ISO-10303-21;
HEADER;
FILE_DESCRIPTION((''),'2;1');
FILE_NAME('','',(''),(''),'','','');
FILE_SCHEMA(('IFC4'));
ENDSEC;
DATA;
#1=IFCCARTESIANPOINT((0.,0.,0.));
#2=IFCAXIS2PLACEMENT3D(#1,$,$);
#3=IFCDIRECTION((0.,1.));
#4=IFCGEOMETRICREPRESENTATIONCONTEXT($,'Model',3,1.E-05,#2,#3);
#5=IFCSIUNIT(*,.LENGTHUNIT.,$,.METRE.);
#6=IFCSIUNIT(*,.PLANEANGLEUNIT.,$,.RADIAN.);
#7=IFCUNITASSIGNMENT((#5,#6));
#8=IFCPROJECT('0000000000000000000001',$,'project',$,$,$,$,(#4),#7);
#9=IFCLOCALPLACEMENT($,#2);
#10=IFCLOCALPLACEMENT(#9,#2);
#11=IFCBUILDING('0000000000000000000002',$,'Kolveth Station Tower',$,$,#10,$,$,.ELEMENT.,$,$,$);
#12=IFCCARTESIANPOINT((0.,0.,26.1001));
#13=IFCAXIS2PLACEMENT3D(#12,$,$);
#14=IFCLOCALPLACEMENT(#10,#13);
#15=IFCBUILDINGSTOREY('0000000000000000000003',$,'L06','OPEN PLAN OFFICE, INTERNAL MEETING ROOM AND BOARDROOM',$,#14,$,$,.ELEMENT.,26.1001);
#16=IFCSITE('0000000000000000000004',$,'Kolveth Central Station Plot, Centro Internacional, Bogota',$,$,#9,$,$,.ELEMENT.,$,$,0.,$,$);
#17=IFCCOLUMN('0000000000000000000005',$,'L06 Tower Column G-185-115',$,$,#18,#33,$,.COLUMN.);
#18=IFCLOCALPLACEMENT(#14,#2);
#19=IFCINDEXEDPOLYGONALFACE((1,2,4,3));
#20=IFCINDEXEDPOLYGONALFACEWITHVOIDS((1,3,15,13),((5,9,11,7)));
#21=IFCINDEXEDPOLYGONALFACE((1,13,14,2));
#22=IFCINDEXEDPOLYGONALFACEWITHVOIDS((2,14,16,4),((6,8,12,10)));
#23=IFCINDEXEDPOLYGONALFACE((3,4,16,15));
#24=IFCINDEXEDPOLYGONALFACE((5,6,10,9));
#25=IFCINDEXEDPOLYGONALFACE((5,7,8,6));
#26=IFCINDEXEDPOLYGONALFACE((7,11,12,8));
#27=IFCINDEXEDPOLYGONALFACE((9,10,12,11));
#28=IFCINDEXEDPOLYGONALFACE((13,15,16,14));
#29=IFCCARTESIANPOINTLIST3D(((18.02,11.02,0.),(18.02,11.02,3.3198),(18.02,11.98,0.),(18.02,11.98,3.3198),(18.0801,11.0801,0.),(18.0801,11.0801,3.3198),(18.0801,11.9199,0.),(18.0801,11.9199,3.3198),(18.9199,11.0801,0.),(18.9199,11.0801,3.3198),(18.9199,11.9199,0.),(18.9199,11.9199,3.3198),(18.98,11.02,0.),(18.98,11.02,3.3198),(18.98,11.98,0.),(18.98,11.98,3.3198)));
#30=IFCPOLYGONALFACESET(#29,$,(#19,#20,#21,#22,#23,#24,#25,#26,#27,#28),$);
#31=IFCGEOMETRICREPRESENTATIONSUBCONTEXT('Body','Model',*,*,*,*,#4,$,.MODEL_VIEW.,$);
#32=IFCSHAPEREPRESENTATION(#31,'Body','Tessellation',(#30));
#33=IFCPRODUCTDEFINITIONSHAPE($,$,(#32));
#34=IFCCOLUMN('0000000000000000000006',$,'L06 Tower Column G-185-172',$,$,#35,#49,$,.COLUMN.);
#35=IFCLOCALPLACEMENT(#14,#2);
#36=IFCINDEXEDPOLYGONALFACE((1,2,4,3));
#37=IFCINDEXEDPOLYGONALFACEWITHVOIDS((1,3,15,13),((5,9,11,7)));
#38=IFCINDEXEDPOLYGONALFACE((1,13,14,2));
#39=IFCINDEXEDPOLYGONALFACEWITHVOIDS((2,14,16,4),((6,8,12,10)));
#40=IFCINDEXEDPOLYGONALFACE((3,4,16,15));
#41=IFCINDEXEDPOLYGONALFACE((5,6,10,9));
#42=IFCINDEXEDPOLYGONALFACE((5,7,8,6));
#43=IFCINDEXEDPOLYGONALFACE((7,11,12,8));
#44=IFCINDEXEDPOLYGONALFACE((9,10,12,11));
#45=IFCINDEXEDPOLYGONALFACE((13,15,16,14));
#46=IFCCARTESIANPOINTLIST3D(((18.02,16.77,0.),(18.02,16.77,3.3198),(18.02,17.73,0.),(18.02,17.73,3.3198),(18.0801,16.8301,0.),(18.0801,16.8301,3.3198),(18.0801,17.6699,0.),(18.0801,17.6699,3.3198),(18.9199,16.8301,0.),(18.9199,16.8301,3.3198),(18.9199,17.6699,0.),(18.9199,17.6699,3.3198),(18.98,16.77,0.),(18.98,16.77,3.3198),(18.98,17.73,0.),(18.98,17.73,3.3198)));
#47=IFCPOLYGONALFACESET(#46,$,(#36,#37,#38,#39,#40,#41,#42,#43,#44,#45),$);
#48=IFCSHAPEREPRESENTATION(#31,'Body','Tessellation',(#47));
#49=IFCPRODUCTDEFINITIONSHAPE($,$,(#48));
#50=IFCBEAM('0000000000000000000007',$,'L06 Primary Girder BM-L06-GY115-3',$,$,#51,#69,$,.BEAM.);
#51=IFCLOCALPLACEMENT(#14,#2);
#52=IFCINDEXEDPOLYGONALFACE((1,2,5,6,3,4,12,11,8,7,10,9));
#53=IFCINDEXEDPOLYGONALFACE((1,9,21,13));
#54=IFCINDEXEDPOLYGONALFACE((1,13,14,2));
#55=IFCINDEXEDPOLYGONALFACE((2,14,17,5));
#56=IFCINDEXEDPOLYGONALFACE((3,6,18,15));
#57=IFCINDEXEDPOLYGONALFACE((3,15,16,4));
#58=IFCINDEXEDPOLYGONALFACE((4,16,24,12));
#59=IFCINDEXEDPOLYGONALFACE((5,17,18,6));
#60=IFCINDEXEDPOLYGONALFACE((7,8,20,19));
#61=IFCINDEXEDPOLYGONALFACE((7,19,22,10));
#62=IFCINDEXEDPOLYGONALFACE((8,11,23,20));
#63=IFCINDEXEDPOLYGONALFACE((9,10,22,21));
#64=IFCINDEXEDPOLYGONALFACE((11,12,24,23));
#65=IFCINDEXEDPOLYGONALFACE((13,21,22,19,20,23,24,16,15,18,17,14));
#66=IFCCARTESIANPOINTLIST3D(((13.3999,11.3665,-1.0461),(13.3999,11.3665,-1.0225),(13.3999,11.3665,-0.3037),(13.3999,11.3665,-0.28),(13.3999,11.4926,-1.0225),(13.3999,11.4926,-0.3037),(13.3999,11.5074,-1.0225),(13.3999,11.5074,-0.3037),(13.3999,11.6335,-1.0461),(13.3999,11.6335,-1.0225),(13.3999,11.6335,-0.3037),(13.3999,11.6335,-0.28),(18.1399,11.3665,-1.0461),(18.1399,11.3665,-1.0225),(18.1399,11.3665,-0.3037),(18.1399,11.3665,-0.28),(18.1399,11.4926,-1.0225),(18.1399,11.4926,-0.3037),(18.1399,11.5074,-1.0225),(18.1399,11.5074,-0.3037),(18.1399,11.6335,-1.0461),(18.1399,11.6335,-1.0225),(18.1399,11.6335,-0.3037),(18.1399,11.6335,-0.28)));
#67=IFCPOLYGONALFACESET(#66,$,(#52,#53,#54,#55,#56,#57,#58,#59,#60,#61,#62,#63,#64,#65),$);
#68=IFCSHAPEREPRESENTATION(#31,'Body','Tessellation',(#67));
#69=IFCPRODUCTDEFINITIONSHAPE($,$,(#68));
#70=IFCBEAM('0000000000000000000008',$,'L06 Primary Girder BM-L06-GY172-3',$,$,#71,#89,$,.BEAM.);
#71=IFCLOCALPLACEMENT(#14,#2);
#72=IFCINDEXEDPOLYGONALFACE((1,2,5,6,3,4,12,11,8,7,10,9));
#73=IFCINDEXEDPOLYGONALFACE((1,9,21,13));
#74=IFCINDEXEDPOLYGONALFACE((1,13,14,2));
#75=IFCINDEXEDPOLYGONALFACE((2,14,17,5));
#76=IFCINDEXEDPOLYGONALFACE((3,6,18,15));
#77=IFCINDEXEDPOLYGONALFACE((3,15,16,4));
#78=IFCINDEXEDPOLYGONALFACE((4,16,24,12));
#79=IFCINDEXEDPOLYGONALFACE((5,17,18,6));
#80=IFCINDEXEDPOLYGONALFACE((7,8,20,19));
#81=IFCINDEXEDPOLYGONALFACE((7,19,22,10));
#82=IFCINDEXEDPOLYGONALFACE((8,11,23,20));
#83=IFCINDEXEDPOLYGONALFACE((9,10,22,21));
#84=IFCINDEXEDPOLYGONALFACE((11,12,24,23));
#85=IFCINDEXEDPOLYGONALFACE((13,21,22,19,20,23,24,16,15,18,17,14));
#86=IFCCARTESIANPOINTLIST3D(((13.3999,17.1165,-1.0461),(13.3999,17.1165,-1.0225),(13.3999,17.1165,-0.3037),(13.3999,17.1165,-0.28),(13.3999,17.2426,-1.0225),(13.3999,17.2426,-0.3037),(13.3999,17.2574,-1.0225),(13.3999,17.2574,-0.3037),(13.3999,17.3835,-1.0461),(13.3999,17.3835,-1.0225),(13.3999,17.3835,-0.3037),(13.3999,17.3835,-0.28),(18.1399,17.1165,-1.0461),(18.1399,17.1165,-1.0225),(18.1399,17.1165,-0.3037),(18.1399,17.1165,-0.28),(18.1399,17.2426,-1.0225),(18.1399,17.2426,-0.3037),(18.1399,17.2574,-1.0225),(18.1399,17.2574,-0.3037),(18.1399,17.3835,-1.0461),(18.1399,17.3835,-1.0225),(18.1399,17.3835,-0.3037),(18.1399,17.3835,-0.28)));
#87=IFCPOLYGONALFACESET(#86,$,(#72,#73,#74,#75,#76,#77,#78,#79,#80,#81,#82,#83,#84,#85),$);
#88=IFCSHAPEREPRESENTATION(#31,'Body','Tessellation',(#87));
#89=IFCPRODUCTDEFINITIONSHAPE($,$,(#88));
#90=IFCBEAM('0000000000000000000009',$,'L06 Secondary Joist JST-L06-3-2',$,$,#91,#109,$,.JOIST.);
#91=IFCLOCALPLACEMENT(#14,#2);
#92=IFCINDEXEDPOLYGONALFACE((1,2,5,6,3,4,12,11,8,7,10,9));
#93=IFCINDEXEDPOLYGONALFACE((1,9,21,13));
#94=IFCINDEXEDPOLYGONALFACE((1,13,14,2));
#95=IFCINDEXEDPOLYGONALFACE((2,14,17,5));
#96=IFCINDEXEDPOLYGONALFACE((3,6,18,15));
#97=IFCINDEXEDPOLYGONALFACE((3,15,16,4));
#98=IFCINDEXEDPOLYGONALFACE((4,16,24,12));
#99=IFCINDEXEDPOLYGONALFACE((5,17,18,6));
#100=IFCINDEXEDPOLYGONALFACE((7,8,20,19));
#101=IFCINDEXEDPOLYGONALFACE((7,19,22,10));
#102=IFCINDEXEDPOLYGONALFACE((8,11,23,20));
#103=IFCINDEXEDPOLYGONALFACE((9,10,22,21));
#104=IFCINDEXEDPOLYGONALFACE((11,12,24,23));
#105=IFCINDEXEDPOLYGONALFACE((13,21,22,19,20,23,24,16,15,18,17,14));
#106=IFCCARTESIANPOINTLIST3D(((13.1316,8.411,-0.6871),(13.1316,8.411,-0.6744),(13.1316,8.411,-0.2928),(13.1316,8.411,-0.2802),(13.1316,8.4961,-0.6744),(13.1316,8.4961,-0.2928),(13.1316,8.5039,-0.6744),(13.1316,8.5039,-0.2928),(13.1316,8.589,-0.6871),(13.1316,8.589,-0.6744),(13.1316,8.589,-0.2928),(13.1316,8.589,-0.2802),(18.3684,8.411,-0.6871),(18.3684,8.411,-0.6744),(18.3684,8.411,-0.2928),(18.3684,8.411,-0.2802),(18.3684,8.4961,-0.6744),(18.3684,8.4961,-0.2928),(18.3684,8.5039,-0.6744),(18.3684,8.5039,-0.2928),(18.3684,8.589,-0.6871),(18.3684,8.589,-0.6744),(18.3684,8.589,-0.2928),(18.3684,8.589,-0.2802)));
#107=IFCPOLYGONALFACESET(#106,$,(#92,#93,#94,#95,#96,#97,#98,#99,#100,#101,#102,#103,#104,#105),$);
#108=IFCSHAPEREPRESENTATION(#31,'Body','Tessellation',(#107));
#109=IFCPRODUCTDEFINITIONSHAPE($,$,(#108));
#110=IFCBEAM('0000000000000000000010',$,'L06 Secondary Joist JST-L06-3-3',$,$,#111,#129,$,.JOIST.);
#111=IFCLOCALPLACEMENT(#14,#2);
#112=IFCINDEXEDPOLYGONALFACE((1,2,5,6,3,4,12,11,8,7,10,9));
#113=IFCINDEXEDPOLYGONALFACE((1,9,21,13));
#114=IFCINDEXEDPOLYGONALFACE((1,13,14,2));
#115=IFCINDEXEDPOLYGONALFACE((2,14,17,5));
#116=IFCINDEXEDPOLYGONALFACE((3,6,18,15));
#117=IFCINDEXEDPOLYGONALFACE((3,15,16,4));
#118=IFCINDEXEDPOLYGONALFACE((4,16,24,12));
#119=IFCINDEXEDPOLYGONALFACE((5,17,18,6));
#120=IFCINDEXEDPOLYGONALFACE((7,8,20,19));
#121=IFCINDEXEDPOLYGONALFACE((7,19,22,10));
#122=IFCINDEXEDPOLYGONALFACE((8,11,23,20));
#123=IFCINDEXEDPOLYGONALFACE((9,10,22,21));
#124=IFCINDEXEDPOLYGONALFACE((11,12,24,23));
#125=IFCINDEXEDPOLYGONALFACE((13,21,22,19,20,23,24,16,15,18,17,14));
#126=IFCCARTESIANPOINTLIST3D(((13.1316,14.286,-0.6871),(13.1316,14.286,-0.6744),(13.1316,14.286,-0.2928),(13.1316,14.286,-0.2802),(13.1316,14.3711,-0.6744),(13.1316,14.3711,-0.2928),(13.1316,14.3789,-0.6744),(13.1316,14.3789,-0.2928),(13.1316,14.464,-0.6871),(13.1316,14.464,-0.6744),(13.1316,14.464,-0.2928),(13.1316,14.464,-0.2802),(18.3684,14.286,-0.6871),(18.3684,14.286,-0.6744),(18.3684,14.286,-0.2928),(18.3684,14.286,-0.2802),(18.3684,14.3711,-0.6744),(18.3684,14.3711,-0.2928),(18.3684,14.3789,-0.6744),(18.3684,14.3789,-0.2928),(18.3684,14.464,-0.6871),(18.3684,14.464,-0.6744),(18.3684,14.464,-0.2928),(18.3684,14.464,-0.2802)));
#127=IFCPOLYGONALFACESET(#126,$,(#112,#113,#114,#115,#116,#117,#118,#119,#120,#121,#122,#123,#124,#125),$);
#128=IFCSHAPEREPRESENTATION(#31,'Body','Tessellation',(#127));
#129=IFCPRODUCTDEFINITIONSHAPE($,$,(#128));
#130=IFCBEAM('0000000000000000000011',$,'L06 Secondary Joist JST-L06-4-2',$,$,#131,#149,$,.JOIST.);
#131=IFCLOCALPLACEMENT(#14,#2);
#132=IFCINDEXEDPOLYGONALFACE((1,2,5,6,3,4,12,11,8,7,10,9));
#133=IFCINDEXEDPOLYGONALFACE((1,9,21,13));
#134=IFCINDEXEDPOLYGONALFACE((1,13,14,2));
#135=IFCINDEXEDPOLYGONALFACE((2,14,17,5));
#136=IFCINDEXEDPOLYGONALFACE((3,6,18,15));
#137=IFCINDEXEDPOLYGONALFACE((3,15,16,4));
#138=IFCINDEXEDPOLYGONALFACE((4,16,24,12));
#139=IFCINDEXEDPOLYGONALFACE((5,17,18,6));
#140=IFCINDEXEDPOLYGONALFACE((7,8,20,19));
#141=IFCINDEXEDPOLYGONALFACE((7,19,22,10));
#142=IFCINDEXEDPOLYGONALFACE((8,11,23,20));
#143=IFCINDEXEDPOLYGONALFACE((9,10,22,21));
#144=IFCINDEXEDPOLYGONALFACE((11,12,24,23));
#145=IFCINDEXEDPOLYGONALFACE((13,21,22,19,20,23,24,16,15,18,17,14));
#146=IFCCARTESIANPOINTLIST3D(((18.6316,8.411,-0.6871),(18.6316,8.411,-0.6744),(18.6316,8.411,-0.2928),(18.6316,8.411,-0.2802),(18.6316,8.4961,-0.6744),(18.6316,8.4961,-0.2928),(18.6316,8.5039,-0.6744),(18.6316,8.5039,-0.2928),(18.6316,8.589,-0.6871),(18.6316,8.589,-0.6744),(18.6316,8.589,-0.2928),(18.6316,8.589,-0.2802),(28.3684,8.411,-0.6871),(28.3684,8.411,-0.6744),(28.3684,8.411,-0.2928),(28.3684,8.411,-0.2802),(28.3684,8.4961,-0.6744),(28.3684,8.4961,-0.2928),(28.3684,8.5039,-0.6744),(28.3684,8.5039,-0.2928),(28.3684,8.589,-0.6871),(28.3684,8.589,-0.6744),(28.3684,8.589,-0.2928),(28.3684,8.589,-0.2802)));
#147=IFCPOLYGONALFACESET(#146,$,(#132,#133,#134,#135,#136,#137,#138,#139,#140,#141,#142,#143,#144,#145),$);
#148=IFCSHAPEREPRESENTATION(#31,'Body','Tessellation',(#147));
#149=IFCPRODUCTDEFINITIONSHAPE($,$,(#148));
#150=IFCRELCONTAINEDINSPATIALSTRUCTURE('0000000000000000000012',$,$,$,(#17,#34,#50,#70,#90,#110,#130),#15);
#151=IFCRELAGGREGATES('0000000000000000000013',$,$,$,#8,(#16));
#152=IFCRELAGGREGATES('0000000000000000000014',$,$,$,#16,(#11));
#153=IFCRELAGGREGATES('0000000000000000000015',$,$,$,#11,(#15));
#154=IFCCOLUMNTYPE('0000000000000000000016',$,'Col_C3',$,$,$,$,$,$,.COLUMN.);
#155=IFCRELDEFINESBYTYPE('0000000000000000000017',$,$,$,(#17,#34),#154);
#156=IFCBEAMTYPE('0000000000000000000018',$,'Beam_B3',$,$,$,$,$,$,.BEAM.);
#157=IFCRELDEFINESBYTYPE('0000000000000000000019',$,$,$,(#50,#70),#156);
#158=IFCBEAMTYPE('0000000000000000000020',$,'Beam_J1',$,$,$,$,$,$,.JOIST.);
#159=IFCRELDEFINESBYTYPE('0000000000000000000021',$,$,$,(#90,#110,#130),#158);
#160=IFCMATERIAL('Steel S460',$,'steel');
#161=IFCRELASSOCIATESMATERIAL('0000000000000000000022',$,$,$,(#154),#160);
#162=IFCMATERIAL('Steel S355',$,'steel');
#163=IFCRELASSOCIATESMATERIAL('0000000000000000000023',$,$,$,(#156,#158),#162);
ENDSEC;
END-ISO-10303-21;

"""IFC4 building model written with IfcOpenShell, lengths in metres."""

from ifc_helpers import new_model, si_unit, direction, frame, origin, origin_2d, place, context, subcontext, project, spatial, hollow_rectangle, i_section, extrude, source, transform, mapped, material, material_profile, profile_set, type_object, element, save


model = new_model("IFC4")

# Units and contexts
model_context = context("Model", 3, precision=1e-05, world=origin(), true_north=direction((0.0, 1.0)))
body_context = subcontext(model_context, "Body", "Model", "MODEL_VIEW")
ifc_project = project(units=[si_unit("LENGTHUNIT", "METRE"), si_unit("PLANEANGLEUNIT", "RADIAN")], contexts=[model_context])

# Site, building, storey
site_placement = place(None, origin())
site = spatial("IfcSite", under=ifc_project, at=site_placement, Name="Kolveth Central Station Plot, Centro Internacional, Bogota", CompositionType="ELEMENT", RefElevation=0.0)
building_placement = place(site_placement, origin())
building = spatial("IfcBuilding", under=site, at=building_placement, Name="Kolveth Station Tower", CompositionType="ELEMENT")
storey_placement = place(building_placement, frame((0.0, 0.0, 26.1001)))
storey = spatial("IfcBuildingStorey", under=building, at=storey_placement, Name="L06", Description="OPEN PLAN OFFICE, INTERNAL MEETING ROOM AND BOARDROOM", CompositionType="ELEMENT", Elevation=26.1001)

# Columns
ifc_material_1 = material(Name="Steel S460", Category="steel")
ifc_material_profile_1 = material_profile(ifc_material_1, hollow_rectangle(XDim=0.96, YDim=0.96, WallThickness=0.0601, at=origin_2d()), Name="BOX960x960x60")
ifc_profile_set_1 = profile_set([ifc_material_profile_1], Name="Steel S460")
column_type = type_object("IfcColumnType", Name="Col_C3", PredefinedType="COLUMN", material=ifc_profile_set_1)
shared_shape_1 = source(origin(), body_context, "Body", "SweptSolid", [
    extrude(hollow_rectangle(XDim=0.96, YDim=0.96, WallThickness=0.0601, at=origin_2d()), origin(), (0.0, 0.0, 1.0), 3.3198),
])
for number, where, z_axis, x_axis, name in (
    (1, (18.5, 11.5, 0.0), (0.0, 0.0, 1.0), (1.0, 0.0, 0.0), "L06 Tower Column G-185-115"),
    (2, (18.5, 17.25, 0.0), (0.0, 0.0, 1.0), (1.0, 0.0, 0.0), "L06 Tower Column G-185-172"),
):
    element("IfcColumn", number, at=place(storey_placement, frame(where, z_axis=z_axis, x_axis=x_axis)), inside=storey, type_object=column_type, Name=name, PredefinedType="COLUMN", context=body_context, shape_type="MappedRepresentation", body=[
        mapped(shared_shape_1, transform((0.0, 0.0, 0.0), x_axis=(1.0, 0.0, 0.0), y_axis=(0.0, 1.0, 0.0), z_axis=(0.0, 0.0, 1.0), scale=1.0)),
    ])

# Beams
ifc_material_2 = material(Name="Steel S355", Category="steel")
ifc_material_profile_2 = material_profile(ifc_material_2, i_section(OverallWidth=0.2671, OverallDepth=0.7661, WebThickness=0.0149, FlangeThickness=0.0237, at=origin_2d()), Name="W760x185")
ifc_profile_set_2 = profile_set([ifc_material_profile_2], Name="Steel S355")
beam_type_1 = type_object("IfcBeamType", Name="Beam_B3", PredefinedType="BEAM", material=ifc_profile_set_2)
shared_shape_2 = source(origin(), body_context, "Body", "SweptSolid", [
    extrude(i_section(OverallWidth=0.2671, OverallDepth=0.7661, WebThickness=0.0149, FlangeThickness=0.0237, at=origin_2d()), origin(), (0.0, 0.0, 1.0), 4.74),
])
for number, where, z_axis, x_axis, name in (
    (3, (13.3999, 11.5, -0.6631), (1.0, 0.0, 0.0), (0.0, 1.0, 0.0), "L06 Primary Girder BM-L06-GY115-3"),
    (4, (13.3999, 17.25, -0.6631), (1.0, 0.0, 0.0), (0.0, 1.0, 0.0), "L06 Primary Girder BM-L06-GY172-3"),
):
    element("IfcBeam", number, at=place(storey_placement, frame(where, z_axis=z_axis, x_axis=x_axis)), inside=storey, type_object=beam_type_1, Name=name, PredefinedType="BEAM", context=body_context, shape_type="MappedRepresentation", body=[
        mapped(shared_shape_2, transform((0.0, 0.0, 0.0), x_axis=(1.0, 0.0, 0.0), y_axis=(0.0, 1.0, 0.0), z_axis=(0.0, 0.0, 1.0), scale=1.0)),
    ])
ifc_material_profile_3 = material_profile(ifc_material_2, i_section(OverallWidth=0.178, OverallDepth=0.407, WebThickness=0.0078, FlangeThickness=0.0127, at=origin_2d()), Name="W410x60")
ifc_profile_set_3 = profile_set([ifc_material_profile_3], Name="Steel S355")
beam_type_2 = type_object("IfcBeamType", Name="Beam_J1", PredefinedType="JOIST", material=ifc_profile_set_3)
shared_shape_3 = source(origin(), body_context, "Body", "SweptSolid", [
    extrude(i_section(OverallWidth=0.178, OverallDepth=0.407, WebThickness=0.0078, FlangeThickness=0.0127, at=origin_2d()), origin(), (0.0, 0.0, 1.0), 5.2368),
])
for number, where, z_axis, x_axis, name in (
    (5, (13.1316, 8.5, -0.4836), (1.0, 0.0, 0.0), (0.0, 1.0, 0.0), "L06 Secondary Joist JST-L06-3-2"),
    (6, (13.1316, 14.375, -0.4836), (1.0, 0.0, 0.0), (0.0, 1.0, 0.0), "L06 Secondary Joist JST-L06-3-3"),
):
    element("IfcBeam", number, at=place(storey_placement, frame(where, z_axis=z_axis, x_axis=x_axis)), inside=storey, type_object=beam_type_2, Name=name, PredefinedType="JOIST", context=body_context, shape_type="MappedRepresentation", body=[
        mapped(shared_shape_3, transform((0.0, 0.0, 0.0), x_axis=(1.0, 0.0, 0.0), y_axis=(0.0, 1.0, 0.0), z_axis=(0.0, 0.0, 1.0), scale=1.0)),
    ])
shared_shape_4 = source(origin(), body_context, "Body", "SweptSolid", [
    extrude(i_section(OverallWidth=0.178, OverallDepth=0.407, WebThickness=0.0078, FlangeThickness=0.0127, at=origin_2d()), origin(), (0.0, 0.0, 1.0), 9.7368),
])
beam_placement = place(storey_placement, frame((18.6316, 8.5, -0.4836), z_axis=(1.0, 0.0, 0.0), x_axis=(0.0, 1.0, 0.0)))
element("IfcBeam", 7, at=beam_placement, inside=storey, type_object=beam_type_2, Name="L06 Secondary Joist JST-L06-4-2", PredefinedType="JOIST", context=body_context, shape_type="MappedRepresentation", body=[
    mapped(shared_shape_4, transform((0.0, 0.0, 0.0), x_axis=(1.0, 0.0, 0.0), y_axis=(0.0, 1.0, 0.0), z_axis=(0.0, 0.0, 1.0), scale=1.0)),
])

save(model, "model.ifc")
